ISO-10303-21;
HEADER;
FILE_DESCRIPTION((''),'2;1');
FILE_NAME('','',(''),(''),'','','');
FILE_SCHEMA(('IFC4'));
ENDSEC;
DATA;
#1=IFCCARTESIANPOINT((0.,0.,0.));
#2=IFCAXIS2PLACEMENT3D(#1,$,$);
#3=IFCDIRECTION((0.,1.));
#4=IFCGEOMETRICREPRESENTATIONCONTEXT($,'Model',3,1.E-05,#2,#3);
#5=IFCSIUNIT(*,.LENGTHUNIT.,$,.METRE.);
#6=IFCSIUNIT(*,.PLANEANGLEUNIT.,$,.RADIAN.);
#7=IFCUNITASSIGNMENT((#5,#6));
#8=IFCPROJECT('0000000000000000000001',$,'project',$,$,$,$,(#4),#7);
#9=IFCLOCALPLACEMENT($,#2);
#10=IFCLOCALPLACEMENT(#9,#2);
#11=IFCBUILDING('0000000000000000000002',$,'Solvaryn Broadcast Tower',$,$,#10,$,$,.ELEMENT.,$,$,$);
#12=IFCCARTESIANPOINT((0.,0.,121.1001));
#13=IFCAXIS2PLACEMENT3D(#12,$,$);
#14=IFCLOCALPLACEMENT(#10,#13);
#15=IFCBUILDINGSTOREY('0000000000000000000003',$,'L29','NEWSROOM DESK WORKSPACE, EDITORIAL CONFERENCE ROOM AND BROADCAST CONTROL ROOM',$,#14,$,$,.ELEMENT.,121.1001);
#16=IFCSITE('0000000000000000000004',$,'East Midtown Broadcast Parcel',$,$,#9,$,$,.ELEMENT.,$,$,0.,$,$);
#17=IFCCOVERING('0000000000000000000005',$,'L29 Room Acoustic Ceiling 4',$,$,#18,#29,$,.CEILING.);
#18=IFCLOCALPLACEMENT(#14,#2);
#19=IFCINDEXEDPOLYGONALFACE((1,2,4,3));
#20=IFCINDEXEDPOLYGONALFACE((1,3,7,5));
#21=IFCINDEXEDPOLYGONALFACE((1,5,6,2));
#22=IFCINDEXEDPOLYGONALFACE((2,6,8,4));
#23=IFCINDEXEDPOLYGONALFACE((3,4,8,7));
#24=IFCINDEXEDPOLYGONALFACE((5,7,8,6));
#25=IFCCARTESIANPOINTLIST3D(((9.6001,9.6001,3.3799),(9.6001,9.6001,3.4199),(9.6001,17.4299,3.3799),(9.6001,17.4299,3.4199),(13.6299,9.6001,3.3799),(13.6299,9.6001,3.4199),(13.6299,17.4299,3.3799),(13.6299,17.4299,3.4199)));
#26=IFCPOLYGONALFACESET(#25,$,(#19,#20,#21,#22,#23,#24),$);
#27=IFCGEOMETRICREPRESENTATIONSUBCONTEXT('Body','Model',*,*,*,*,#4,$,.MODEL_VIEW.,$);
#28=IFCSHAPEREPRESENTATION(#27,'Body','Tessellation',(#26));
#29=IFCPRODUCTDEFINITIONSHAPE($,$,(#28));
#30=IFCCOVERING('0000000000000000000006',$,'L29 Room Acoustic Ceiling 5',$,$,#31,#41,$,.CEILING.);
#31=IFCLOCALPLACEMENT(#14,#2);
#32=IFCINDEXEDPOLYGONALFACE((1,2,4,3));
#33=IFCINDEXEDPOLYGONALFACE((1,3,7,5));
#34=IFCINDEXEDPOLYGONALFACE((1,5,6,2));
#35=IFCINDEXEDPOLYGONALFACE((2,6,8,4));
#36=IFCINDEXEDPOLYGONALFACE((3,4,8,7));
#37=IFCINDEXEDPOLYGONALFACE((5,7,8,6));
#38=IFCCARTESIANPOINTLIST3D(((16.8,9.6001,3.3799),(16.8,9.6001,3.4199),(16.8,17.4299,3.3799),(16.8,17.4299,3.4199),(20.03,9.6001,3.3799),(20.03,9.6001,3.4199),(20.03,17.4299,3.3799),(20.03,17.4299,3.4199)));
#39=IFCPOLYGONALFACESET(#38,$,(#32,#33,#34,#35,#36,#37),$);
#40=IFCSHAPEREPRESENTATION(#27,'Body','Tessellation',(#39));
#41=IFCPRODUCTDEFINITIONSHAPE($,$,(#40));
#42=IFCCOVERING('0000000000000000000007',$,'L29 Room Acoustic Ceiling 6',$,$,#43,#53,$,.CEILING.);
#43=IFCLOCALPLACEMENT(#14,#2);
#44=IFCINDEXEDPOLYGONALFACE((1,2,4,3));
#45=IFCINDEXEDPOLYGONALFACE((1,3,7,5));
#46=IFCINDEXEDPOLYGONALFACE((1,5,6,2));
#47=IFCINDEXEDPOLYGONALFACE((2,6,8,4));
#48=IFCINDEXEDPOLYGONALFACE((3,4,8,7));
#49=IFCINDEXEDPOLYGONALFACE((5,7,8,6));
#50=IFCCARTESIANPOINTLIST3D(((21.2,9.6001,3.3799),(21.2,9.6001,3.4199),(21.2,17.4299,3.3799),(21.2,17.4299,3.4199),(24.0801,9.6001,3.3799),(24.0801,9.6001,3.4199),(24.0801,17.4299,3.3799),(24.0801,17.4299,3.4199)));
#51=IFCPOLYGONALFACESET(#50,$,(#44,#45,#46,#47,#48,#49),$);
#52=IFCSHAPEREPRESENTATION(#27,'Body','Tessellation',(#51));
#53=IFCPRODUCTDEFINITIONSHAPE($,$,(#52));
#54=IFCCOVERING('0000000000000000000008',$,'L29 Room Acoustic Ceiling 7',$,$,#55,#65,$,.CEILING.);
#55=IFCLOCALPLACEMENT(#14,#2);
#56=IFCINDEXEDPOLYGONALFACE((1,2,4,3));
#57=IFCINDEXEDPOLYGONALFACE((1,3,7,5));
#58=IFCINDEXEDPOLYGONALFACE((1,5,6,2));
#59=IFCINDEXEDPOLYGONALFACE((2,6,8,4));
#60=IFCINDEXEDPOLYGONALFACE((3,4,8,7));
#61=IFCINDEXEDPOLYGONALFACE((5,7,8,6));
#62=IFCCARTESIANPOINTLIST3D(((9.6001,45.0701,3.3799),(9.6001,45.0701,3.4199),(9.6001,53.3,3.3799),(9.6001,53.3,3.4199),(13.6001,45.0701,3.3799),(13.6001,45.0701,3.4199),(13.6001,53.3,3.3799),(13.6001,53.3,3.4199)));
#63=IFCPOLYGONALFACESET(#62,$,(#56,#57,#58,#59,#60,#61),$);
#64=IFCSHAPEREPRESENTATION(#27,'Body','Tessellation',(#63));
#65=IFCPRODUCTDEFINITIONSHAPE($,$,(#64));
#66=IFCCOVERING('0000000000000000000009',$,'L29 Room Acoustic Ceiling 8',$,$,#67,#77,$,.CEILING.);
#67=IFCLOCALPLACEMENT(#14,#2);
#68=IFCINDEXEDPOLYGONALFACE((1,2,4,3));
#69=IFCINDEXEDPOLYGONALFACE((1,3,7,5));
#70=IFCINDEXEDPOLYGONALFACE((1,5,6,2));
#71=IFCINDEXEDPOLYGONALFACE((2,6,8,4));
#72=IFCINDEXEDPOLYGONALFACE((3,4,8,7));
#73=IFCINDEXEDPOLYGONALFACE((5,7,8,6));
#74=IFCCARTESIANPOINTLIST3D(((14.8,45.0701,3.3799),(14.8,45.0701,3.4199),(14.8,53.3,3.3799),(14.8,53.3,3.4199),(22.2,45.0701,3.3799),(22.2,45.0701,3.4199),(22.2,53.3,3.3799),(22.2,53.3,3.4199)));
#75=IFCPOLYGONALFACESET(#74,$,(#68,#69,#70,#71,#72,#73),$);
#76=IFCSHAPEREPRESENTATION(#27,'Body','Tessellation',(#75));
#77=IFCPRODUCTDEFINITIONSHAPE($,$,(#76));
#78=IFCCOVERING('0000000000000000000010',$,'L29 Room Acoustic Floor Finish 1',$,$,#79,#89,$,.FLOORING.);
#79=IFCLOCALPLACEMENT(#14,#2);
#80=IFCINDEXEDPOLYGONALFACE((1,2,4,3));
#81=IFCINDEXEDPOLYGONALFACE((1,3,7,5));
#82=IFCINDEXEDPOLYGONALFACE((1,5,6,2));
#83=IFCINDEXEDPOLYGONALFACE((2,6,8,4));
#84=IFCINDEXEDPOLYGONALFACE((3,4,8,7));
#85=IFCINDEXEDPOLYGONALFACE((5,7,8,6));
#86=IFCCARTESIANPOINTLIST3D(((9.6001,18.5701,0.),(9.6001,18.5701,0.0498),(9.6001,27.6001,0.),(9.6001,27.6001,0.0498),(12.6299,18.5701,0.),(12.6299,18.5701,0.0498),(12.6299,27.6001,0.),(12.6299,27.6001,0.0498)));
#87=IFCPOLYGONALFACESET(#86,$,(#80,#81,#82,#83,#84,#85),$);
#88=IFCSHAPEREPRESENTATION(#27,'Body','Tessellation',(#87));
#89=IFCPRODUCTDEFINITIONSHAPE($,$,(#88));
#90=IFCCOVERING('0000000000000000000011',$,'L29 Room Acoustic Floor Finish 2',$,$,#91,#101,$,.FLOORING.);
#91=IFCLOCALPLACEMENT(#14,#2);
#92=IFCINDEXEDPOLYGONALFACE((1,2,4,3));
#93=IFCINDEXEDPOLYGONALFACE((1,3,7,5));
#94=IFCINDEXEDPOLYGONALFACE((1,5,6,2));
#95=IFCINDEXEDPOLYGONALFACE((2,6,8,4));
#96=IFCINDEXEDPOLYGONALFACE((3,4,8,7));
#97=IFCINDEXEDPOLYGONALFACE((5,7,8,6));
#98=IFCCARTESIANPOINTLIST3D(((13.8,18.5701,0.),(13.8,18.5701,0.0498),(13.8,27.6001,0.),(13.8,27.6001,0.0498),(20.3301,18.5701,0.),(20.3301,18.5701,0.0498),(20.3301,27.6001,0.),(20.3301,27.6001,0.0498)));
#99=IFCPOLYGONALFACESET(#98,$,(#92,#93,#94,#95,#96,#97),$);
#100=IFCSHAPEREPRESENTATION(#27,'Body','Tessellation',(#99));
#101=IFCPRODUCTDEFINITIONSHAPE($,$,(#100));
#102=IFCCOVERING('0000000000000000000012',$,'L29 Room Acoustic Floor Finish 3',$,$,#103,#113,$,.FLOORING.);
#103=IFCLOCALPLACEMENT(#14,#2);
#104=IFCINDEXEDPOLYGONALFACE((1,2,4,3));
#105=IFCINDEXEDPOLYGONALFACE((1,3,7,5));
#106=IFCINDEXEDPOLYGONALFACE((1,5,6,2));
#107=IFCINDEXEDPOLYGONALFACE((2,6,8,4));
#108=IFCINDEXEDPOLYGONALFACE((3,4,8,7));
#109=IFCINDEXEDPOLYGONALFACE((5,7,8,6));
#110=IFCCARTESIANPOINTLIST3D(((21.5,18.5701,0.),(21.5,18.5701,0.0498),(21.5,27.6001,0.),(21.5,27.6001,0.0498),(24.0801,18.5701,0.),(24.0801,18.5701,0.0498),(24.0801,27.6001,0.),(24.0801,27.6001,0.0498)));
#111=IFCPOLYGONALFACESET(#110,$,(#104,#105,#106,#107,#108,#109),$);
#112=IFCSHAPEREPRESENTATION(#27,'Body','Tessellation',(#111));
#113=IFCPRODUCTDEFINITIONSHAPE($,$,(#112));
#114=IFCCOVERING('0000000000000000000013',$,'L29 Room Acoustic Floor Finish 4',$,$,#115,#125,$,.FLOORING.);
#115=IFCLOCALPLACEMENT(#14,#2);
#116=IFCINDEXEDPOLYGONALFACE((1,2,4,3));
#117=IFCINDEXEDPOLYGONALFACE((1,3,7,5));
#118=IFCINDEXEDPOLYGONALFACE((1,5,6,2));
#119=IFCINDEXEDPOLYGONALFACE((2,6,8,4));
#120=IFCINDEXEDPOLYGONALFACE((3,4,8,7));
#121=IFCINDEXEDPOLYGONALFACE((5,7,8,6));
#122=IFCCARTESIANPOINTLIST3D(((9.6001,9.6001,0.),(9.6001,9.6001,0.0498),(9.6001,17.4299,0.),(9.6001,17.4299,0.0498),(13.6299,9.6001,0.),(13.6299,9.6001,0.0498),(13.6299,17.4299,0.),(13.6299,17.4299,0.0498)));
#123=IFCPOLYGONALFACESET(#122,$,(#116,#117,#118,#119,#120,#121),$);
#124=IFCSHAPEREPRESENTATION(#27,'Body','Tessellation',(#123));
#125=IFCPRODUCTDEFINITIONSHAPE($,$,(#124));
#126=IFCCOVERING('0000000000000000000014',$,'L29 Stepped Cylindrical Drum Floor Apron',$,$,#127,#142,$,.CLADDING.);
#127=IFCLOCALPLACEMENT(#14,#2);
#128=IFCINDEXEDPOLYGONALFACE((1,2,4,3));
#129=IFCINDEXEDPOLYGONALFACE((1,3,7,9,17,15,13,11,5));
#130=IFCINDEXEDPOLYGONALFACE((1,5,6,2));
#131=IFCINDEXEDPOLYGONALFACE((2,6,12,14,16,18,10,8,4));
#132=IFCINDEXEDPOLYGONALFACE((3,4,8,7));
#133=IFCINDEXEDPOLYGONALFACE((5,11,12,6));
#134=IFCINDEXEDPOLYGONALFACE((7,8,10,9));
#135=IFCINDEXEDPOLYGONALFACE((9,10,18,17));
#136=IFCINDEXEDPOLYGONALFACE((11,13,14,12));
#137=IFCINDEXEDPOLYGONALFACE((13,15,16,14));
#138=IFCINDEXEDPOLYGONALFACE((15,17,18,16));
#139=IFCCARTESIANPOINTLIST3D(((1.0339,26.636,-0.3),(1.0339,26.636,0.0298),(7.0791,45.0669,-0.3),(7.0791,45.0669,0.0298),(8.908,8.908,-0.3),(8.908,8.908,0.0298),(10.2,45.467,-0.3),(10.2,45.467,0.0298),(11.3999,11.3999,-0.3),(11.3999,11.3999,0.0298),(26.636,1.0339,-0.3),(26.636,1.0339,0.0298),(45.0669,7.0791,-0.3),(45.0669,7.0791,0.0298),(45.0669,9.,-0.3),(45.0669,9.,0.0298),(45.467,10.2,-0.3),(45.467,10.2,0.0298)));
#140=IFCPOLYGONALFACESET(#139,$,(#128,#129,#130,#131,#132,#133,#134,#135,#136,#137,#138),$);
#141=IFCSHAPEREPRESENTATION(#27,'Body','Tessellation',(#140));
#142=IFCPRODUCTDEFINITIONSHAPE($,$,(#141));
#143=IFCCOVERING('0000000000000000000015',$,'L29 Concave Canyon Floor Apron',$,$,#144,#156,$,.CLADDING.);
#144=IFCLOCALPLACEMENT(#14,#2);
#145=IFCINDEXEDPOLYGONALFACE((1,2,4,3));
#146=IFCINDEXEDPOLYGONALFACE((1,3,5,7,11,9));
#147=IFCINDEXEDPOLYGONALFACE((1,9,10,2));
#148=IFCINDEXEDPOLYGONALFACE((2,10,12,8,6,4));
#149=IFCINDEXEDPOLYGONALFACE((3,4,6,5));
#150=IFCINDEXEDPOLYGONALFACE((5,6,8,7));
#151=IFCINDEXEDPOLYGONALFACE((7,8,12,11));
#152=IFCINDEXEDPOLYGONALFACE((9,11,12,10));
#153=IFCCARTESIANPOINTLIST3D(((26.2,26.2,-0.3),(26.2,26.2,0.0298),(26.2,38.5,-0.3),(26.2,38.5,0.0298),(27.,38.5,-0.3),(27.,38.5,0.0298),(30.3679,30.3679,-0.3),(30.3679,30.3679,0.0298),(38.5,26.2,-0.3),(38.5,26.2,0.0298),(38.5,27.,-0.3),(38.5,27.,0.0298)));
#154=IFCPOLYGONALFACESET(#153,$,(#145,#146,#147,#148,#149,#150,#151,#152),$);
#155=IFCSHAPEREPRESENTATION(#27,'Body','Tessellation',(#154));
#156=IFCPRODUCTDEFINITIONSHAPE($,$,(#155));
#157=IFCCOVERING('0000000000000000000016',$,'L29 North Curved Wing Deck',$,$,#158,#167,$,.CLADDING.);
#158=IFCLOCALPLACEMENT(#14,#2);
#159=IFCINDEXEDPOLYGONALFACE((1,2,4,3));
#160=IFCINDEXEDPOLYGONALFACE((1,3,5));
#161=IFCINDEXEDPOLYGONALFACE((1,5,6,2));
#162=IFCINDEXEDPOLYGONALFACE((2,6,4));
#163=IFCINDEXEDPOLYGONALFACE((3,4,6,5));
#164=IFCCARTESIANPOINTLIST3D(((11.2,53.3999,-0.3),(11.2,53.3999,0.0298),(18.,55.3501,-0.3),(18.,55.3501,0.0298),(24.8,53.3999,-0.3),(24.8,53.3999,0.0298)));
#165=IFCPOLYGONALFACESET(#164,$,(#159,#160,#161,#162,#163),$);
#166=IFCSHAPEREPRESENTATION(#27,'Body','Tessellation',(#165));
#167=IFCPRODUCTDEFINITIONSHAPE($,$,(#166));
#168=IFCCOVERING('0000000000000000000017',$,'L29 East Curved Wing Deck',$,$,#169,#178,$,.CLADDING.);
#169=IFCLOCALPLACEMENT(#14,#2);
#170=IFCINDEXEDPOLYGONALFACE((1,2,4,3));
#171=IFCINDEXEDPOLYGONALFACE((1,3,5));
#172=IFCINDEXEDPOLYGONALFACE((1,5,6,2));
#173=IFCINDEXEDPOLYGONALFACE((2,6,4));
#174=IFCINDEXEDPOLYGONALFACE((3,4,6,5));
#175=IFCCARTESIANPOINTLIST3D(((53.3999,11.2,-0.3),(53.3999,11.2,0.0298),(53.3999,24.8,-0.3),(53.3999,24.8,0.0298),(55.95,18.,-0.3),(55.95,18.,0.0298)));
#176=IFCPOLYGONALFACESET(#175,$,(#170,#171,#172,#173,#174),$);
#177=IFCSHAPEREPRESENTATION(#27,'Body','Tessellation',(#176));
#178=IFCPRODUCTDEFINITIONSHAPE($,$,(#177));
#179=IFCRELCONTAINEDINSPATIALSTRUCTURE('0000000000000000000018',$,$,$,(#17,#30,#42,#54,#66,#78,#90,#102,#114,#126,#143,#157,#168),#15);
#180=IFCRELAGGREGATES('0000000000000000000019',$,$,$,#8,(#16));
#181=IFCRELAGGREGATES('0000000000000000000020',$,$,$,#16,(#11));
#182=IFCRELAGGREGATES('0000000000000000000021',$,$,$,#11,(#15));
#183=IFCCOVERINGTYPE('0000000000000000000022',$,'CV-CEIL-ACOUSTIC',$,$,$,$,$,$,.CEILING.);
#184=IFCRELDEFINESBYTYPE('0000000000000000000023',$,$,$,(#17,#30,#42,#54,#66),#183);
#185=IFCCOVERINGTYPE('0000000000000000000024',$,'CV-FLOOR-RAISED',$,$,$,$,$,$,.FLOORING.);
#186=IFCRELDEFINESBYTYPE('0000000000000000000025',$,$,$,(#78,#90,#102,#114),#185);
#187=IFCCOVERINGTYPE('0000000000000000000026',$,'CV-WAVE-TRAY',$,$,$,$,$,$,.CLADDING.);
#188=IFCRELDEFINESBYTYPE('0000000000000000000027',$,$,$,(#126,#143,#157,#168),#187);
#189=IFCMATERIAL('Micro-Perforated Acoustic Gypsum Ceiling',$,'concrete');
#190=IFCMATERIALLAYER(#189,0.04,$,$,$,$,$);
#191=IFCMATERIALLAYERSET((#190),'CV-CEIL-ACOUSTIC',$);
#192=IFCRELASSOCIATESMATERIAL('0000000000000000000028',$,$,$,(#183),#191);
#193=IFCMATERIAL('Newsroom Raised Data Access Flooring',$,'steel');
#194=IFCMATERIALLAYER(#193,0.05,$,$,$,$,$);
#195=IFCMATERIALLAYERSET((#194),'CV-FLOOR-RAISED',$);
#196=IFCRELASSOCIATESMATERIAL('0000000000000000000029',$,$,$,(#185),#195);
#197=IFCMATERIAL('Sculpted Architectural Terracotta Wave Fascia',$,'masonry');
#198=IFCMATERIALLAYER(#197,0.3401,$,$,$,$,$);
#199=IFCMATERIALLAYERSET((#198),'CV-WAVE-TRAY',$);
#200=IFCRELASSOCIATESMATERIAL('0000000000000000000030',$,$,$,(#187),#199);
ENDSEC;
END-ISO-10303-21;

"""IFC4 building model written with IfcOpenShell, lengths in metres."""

from ifc_helpers import new_model, si_unit, direction, frame, origin, place, context, subcontext, project, spatial, polyline, outline, extrude, material, layer, layer_set, type_object, element, save


model = new_model("IFC4")

# Units and contexts
model_context = context("Model", 3, precision=1e-05, world=origin(), true_north=direction((0.0, 1.0)))
body_context = subcontext(model_context, "Body", "Model", "MODEL_VIEW")
ifc_project = project(units=[si_unit("LENGTHUNIT", "METRE"), si_unit("PLANEANGLEUNIT", "RADIAN")], contexts=[model_context])

# Site, building, storey
site_placement = place(None, origin())
site = spatial("IfcSite", under=ifc_project, at=site_placement, Name="East Midtown Broadcast Parcel", CompositionType="ELEMENT", RefElevation=0.0)
building_placement = place(site_placement, origin())
building = spatial("IfcBuilding", under=site, at=building_placement, Name="Solvaryn Broadcast Tower", CompositionType="ELEMENT")
storey_placement = place(building_placement, frame((0.0, 0.0, 121.1001)))
storey = spatial("IfcBuildingStorey", under=building, at=storey_placement, Name="L29", Description="NEWSROOM DESK WORKSPACE, EDITORIAL CONFERENCE ROOM AND BROADCAST CONTROL ROOM", CompositionType="ELEMENT", Elevation=121.1001)

# Coverings
ifc_material_1 = material(Name="Micro-Perforated Acoustic Gypsum Ceiling", Category="concrete")
ifc_layer_1 = layer(ifc_material_1, 0.04)
ifc_layer_set_1 = layer_set([ifc_layer_1], Name="CV-CEIL-ACOUSTIC")
covering_type_1 = type_object("IfcCoveringType", Name="CV-CEIL-ACOUSTIC", PredefinedType="CEILING", material=ifc_layer_set_1)
covering_1_placement = place(storey_placement, frame((0.0, 0.0, 3.3799)))
element("IfcCovering", 1, at=covering_1_placement, inside=storey, type_object=covering_type_1, Name="L29 Room Acoustic Ceiling 4", PredefinedType="CEILING", context=body_context, shape_type="SweptSolid", body=[
    extrude(outline(polyline([(9.6001, 9.6001), (13.6299, 9.6001), (13.6299, 17.4299), (9.6001, 17.4299), (9.6001, 9.6001)])), origin(), (0.0, 0.0, 1.0), 0.04),
])
covering_2_placement = place(storey_placement, frame((0.0, 0.0, 3.3799)))
element("IfcCovering", 2, at=covering_2_placement, inside=storey, type_object=covering_type_1, Name="L29 Room Acoustic Ceiling 5", PredefinedType="CEILING", context=body_context, shape_type="SweptSolid", body=[
    extrude(outline(polyline([(16.8, 9.6001), (20.03, 9.6001), (20.03, 17.4299), (16.8, 17.4299), (16.8, 9.6001)])), origin(), (0.0, 0.0, 1.0), 0.04),
])
covering_3_placement = place(storey_placement, frame((0.0, 0.0, 3.3799)))
element("IfcCovering", 3, at=covering_3_placement, inside=storey, type_object=covering_type_1, Name="L29 Room Acoustic Ceiling 6", PredefinedType="CEILING", context=body_context, shape_type="SweptSolid", body=[
    extrude(outline(polyline([(21.2, 9.6001), (24.0801, 9.6001), (24.0801, 17.4299), (21.2, 17.4299), (21.2, 9.6001)])), origin(), (0.0, 0.0, 1.0), 0.04),
])
covering_4_placement = place(storey_placement, frame((0.0, 0.0, 3.3799)))
element("IfcCovering", 4, at=covering_4_placement, inside=storey, type_object=covering_type_1, Name="L29 Room Acoustic Ceiling 7", PredefinedType="CEILING", context=body_context, shape_type="SweptSolid", body=[
    extrude(outline(polyline([(9.6001, 45.0701), (13.6001, 45.0701), (13.6001, 53.3), (9.6001, 53.3), (9.6001, 45.0701)])), origin(), (0.0, 0.0, 1.0), 0.04),
])
covering_5_placement = place(storey_placement, frame((0.0, 0.0, 3.3799)))
element("IfcCovering", 5, at=covering_5_placement, inside=storey, type_object=covering_type_1, Name="L29 Room Acoustic Ceiling 8", PredefinedType="CEILING", context=body_context, shape_type="SweptSolid", body=[
    extrude(outline(polyline([(14.8, 45.0701), (22.2, 45.0701), (22.2, 53.3), (14.8, 53.3), (14.8, 45.0701)])), origin(), (0.0, 0.0, 1.0), 0.04),
])
ifc_material_2 = material(Name="Newsroom Raised Data Access Flooring", Category="steel")
ifc_layer_2 = layer(ifc_material_2, 0.05)
ifc_layer_set_2 = layer_set([ifc_layer_2], Name="CV-FLOOR-RAISED")
covering_type_2 = type_object("IfcCoveringType", Name="CV-FLOOR-RAISED", PredefinedType="FLOORING", material=ifc_layer_set_2)
covering_6_placement = place(storey_placement, origin())
element("IfcCovering", 6, at=covering_6_placement, inside=storey, type_object=covering_type_2, Name="L29 Room Acoustic Floor Finish 1", PredefinedType="FLOORING", context=body_context, shape_type="SweptSolid", body=[
    extrude(outline(polyline([(9.6001, 18.5701), (12.6299, 18.5701), (12.6299, 27.6001), (9.6001, 27.6001), (9.6001, 18.5701)])), origin(), (0.0, 0.0, 1.0), 0.0498),
])
covering_7_placement = place(storey_placement, origin())
element("IfcCovering", 7, at=covering_7_placement, inside=storey, type_object=covering_type_2, Name="L29 Room Acoustic Floor Finish 2", PredefinedType="FLOORING", context=body_context, shape_type="SweptSolid", body=[
    extrude(outline(polyline([(13.8, 18.5701), (20.3301, 18.5701), (20.3301, 27.6001), (13.8, 27.6001), (13.8, 18.5701)])), origin(), (0.0, 0.0, 1.0), 0.0498),
])
covering_8_placement = place(storey_placement, origin())
element("IfcCovering", 8, at=covering_8_placement, inside=storey, type_object=covering_type_2, Name="L29 Room Acoustic Floor Finish 3", PredefinedType="FLOORING", context=body_context, shape_type="SweptSolid", body=[
    extrude(outline(polyline([(21.5, 18.5701), (24.0801, 18.5701), (24.0801, 27.6001), (21.5, 27.6001), (21.5, 18.5701)])), origin(), (0.0, 0.0, 1.0), 0.0498),
])
covering_9_placement = place(storey_placement, origin())
element("IfcCovering", 9, at=covering_9_placement, inside=storey, type_object=covering_type_2, Name="L29 Room Acoustic Floor Finish 4", PredefinedType="FLOORING", context=body_context, shape_type="SweptSolid", body=[
    extrude(outline(polyline([(9.6001, 9.6001), (13.6299, 9.6001), (13.6299, 17.4299), (9.6001, 17.4299), (9.6001, 9.6001)])), origin(), (0.0, 0.0, 1.0), 0.0498),
])
ifc_material_3 = material(Name="Sculpted Architectural Terracotta Wave Fascia", Category="masonry")
ifc_layer_3 = layer(ifc_material_3, 0.3401)
ifc_layer_set_3 = layer_set([ifc_layer_3], Name="CV-WAVE-TRAY")
covering_type_3 = type_object("IfcCoveringType", Name="CV-WAVE-TRAY", PredefinedType="CLADDING", material=ifc_layer_set_3)
covering_10_placement = place(storey_placement, frame((0.0, 0.0, -0.3)))
element("IfcCovering", 10, at=covering_10_placement, inside=storey, type_object=covering_type_3, Name="L29 Stepped Cylindrical Drum Floor Apron", PredefinedType="CLADDING", context=body_context, shape_type="SweptSolid", body=[
    extrude(outline(polyline([(10.2, 45.467), (7.0791, 45.0669), (1.0339, 26.636), (8.908, 8.908), (26.636, 1.0339), (45.0669, 7.0791), (45.0669, 9.0), (45.467, 10.2), (11.3999, 11.3999), (10.2, 45.467)])), origin(), (0.0, 0.0, 1.0), 0.3298),
])
covering_11_placement = place(storey_placement, frame((0.0, 0.0, -0.3)))
element("IfcCovering", 11, at=covering_11_placement, inside=storey, type_object=covering_type_3, Name="L29 Concave Canyon Floor Apron", PredefinedType="CLADDING", context=body_context, shape_type="SweptSolid", body=[
    extrude(outline(polyline([(26.2, 26.2), (38.5, 26.2), (38.5, 27.0), (30.3679, 30.3679), (27.0, 38.5), (26.2, 38.5), (26.2, 26.2)])), origin(), (0.0, 0.0, 1.0), 0.3298),
])
covering_12_placement = place(storey_placement, frame((0.0, 0.0, -0.3)))
element("IfcCovering", 12, at=covering_12_placement, inside=storey, type_object=covering_type_3, Name="L29 North Curved Wing Deck", PredefinedType="CLADDING", context=body_context, shape_type="SweptSolid", body=[
    extrude(outline(polyline([(11.2, 53.3999), (24.8, 53.3999), (18.0, 55.3501), (11.2, 53.3999)])), origin(), (0.0, 0.0, 1.0), 0.3298),
])
covering_13_placement = place(storey_placement, frame((0.0, 0.0, -0.3)))
element("IfcCovering", 13, at=covering_13_placement, inside=storey, type_object=covering_type_3, Name="L29 East Curved Wing Deck", PredefinedType="CLADDING", context=body_context, shape_type="SweptSolid", body=[
    extrude(outline(polyline([(53.3999, 11.2), (55.95, 18.0), (53.3999, 24.8), (53.3999, 11.2)])), origin(), (0.0, 0.0, 1.0), 0.3298),
])

save(model, "model.ifc")
